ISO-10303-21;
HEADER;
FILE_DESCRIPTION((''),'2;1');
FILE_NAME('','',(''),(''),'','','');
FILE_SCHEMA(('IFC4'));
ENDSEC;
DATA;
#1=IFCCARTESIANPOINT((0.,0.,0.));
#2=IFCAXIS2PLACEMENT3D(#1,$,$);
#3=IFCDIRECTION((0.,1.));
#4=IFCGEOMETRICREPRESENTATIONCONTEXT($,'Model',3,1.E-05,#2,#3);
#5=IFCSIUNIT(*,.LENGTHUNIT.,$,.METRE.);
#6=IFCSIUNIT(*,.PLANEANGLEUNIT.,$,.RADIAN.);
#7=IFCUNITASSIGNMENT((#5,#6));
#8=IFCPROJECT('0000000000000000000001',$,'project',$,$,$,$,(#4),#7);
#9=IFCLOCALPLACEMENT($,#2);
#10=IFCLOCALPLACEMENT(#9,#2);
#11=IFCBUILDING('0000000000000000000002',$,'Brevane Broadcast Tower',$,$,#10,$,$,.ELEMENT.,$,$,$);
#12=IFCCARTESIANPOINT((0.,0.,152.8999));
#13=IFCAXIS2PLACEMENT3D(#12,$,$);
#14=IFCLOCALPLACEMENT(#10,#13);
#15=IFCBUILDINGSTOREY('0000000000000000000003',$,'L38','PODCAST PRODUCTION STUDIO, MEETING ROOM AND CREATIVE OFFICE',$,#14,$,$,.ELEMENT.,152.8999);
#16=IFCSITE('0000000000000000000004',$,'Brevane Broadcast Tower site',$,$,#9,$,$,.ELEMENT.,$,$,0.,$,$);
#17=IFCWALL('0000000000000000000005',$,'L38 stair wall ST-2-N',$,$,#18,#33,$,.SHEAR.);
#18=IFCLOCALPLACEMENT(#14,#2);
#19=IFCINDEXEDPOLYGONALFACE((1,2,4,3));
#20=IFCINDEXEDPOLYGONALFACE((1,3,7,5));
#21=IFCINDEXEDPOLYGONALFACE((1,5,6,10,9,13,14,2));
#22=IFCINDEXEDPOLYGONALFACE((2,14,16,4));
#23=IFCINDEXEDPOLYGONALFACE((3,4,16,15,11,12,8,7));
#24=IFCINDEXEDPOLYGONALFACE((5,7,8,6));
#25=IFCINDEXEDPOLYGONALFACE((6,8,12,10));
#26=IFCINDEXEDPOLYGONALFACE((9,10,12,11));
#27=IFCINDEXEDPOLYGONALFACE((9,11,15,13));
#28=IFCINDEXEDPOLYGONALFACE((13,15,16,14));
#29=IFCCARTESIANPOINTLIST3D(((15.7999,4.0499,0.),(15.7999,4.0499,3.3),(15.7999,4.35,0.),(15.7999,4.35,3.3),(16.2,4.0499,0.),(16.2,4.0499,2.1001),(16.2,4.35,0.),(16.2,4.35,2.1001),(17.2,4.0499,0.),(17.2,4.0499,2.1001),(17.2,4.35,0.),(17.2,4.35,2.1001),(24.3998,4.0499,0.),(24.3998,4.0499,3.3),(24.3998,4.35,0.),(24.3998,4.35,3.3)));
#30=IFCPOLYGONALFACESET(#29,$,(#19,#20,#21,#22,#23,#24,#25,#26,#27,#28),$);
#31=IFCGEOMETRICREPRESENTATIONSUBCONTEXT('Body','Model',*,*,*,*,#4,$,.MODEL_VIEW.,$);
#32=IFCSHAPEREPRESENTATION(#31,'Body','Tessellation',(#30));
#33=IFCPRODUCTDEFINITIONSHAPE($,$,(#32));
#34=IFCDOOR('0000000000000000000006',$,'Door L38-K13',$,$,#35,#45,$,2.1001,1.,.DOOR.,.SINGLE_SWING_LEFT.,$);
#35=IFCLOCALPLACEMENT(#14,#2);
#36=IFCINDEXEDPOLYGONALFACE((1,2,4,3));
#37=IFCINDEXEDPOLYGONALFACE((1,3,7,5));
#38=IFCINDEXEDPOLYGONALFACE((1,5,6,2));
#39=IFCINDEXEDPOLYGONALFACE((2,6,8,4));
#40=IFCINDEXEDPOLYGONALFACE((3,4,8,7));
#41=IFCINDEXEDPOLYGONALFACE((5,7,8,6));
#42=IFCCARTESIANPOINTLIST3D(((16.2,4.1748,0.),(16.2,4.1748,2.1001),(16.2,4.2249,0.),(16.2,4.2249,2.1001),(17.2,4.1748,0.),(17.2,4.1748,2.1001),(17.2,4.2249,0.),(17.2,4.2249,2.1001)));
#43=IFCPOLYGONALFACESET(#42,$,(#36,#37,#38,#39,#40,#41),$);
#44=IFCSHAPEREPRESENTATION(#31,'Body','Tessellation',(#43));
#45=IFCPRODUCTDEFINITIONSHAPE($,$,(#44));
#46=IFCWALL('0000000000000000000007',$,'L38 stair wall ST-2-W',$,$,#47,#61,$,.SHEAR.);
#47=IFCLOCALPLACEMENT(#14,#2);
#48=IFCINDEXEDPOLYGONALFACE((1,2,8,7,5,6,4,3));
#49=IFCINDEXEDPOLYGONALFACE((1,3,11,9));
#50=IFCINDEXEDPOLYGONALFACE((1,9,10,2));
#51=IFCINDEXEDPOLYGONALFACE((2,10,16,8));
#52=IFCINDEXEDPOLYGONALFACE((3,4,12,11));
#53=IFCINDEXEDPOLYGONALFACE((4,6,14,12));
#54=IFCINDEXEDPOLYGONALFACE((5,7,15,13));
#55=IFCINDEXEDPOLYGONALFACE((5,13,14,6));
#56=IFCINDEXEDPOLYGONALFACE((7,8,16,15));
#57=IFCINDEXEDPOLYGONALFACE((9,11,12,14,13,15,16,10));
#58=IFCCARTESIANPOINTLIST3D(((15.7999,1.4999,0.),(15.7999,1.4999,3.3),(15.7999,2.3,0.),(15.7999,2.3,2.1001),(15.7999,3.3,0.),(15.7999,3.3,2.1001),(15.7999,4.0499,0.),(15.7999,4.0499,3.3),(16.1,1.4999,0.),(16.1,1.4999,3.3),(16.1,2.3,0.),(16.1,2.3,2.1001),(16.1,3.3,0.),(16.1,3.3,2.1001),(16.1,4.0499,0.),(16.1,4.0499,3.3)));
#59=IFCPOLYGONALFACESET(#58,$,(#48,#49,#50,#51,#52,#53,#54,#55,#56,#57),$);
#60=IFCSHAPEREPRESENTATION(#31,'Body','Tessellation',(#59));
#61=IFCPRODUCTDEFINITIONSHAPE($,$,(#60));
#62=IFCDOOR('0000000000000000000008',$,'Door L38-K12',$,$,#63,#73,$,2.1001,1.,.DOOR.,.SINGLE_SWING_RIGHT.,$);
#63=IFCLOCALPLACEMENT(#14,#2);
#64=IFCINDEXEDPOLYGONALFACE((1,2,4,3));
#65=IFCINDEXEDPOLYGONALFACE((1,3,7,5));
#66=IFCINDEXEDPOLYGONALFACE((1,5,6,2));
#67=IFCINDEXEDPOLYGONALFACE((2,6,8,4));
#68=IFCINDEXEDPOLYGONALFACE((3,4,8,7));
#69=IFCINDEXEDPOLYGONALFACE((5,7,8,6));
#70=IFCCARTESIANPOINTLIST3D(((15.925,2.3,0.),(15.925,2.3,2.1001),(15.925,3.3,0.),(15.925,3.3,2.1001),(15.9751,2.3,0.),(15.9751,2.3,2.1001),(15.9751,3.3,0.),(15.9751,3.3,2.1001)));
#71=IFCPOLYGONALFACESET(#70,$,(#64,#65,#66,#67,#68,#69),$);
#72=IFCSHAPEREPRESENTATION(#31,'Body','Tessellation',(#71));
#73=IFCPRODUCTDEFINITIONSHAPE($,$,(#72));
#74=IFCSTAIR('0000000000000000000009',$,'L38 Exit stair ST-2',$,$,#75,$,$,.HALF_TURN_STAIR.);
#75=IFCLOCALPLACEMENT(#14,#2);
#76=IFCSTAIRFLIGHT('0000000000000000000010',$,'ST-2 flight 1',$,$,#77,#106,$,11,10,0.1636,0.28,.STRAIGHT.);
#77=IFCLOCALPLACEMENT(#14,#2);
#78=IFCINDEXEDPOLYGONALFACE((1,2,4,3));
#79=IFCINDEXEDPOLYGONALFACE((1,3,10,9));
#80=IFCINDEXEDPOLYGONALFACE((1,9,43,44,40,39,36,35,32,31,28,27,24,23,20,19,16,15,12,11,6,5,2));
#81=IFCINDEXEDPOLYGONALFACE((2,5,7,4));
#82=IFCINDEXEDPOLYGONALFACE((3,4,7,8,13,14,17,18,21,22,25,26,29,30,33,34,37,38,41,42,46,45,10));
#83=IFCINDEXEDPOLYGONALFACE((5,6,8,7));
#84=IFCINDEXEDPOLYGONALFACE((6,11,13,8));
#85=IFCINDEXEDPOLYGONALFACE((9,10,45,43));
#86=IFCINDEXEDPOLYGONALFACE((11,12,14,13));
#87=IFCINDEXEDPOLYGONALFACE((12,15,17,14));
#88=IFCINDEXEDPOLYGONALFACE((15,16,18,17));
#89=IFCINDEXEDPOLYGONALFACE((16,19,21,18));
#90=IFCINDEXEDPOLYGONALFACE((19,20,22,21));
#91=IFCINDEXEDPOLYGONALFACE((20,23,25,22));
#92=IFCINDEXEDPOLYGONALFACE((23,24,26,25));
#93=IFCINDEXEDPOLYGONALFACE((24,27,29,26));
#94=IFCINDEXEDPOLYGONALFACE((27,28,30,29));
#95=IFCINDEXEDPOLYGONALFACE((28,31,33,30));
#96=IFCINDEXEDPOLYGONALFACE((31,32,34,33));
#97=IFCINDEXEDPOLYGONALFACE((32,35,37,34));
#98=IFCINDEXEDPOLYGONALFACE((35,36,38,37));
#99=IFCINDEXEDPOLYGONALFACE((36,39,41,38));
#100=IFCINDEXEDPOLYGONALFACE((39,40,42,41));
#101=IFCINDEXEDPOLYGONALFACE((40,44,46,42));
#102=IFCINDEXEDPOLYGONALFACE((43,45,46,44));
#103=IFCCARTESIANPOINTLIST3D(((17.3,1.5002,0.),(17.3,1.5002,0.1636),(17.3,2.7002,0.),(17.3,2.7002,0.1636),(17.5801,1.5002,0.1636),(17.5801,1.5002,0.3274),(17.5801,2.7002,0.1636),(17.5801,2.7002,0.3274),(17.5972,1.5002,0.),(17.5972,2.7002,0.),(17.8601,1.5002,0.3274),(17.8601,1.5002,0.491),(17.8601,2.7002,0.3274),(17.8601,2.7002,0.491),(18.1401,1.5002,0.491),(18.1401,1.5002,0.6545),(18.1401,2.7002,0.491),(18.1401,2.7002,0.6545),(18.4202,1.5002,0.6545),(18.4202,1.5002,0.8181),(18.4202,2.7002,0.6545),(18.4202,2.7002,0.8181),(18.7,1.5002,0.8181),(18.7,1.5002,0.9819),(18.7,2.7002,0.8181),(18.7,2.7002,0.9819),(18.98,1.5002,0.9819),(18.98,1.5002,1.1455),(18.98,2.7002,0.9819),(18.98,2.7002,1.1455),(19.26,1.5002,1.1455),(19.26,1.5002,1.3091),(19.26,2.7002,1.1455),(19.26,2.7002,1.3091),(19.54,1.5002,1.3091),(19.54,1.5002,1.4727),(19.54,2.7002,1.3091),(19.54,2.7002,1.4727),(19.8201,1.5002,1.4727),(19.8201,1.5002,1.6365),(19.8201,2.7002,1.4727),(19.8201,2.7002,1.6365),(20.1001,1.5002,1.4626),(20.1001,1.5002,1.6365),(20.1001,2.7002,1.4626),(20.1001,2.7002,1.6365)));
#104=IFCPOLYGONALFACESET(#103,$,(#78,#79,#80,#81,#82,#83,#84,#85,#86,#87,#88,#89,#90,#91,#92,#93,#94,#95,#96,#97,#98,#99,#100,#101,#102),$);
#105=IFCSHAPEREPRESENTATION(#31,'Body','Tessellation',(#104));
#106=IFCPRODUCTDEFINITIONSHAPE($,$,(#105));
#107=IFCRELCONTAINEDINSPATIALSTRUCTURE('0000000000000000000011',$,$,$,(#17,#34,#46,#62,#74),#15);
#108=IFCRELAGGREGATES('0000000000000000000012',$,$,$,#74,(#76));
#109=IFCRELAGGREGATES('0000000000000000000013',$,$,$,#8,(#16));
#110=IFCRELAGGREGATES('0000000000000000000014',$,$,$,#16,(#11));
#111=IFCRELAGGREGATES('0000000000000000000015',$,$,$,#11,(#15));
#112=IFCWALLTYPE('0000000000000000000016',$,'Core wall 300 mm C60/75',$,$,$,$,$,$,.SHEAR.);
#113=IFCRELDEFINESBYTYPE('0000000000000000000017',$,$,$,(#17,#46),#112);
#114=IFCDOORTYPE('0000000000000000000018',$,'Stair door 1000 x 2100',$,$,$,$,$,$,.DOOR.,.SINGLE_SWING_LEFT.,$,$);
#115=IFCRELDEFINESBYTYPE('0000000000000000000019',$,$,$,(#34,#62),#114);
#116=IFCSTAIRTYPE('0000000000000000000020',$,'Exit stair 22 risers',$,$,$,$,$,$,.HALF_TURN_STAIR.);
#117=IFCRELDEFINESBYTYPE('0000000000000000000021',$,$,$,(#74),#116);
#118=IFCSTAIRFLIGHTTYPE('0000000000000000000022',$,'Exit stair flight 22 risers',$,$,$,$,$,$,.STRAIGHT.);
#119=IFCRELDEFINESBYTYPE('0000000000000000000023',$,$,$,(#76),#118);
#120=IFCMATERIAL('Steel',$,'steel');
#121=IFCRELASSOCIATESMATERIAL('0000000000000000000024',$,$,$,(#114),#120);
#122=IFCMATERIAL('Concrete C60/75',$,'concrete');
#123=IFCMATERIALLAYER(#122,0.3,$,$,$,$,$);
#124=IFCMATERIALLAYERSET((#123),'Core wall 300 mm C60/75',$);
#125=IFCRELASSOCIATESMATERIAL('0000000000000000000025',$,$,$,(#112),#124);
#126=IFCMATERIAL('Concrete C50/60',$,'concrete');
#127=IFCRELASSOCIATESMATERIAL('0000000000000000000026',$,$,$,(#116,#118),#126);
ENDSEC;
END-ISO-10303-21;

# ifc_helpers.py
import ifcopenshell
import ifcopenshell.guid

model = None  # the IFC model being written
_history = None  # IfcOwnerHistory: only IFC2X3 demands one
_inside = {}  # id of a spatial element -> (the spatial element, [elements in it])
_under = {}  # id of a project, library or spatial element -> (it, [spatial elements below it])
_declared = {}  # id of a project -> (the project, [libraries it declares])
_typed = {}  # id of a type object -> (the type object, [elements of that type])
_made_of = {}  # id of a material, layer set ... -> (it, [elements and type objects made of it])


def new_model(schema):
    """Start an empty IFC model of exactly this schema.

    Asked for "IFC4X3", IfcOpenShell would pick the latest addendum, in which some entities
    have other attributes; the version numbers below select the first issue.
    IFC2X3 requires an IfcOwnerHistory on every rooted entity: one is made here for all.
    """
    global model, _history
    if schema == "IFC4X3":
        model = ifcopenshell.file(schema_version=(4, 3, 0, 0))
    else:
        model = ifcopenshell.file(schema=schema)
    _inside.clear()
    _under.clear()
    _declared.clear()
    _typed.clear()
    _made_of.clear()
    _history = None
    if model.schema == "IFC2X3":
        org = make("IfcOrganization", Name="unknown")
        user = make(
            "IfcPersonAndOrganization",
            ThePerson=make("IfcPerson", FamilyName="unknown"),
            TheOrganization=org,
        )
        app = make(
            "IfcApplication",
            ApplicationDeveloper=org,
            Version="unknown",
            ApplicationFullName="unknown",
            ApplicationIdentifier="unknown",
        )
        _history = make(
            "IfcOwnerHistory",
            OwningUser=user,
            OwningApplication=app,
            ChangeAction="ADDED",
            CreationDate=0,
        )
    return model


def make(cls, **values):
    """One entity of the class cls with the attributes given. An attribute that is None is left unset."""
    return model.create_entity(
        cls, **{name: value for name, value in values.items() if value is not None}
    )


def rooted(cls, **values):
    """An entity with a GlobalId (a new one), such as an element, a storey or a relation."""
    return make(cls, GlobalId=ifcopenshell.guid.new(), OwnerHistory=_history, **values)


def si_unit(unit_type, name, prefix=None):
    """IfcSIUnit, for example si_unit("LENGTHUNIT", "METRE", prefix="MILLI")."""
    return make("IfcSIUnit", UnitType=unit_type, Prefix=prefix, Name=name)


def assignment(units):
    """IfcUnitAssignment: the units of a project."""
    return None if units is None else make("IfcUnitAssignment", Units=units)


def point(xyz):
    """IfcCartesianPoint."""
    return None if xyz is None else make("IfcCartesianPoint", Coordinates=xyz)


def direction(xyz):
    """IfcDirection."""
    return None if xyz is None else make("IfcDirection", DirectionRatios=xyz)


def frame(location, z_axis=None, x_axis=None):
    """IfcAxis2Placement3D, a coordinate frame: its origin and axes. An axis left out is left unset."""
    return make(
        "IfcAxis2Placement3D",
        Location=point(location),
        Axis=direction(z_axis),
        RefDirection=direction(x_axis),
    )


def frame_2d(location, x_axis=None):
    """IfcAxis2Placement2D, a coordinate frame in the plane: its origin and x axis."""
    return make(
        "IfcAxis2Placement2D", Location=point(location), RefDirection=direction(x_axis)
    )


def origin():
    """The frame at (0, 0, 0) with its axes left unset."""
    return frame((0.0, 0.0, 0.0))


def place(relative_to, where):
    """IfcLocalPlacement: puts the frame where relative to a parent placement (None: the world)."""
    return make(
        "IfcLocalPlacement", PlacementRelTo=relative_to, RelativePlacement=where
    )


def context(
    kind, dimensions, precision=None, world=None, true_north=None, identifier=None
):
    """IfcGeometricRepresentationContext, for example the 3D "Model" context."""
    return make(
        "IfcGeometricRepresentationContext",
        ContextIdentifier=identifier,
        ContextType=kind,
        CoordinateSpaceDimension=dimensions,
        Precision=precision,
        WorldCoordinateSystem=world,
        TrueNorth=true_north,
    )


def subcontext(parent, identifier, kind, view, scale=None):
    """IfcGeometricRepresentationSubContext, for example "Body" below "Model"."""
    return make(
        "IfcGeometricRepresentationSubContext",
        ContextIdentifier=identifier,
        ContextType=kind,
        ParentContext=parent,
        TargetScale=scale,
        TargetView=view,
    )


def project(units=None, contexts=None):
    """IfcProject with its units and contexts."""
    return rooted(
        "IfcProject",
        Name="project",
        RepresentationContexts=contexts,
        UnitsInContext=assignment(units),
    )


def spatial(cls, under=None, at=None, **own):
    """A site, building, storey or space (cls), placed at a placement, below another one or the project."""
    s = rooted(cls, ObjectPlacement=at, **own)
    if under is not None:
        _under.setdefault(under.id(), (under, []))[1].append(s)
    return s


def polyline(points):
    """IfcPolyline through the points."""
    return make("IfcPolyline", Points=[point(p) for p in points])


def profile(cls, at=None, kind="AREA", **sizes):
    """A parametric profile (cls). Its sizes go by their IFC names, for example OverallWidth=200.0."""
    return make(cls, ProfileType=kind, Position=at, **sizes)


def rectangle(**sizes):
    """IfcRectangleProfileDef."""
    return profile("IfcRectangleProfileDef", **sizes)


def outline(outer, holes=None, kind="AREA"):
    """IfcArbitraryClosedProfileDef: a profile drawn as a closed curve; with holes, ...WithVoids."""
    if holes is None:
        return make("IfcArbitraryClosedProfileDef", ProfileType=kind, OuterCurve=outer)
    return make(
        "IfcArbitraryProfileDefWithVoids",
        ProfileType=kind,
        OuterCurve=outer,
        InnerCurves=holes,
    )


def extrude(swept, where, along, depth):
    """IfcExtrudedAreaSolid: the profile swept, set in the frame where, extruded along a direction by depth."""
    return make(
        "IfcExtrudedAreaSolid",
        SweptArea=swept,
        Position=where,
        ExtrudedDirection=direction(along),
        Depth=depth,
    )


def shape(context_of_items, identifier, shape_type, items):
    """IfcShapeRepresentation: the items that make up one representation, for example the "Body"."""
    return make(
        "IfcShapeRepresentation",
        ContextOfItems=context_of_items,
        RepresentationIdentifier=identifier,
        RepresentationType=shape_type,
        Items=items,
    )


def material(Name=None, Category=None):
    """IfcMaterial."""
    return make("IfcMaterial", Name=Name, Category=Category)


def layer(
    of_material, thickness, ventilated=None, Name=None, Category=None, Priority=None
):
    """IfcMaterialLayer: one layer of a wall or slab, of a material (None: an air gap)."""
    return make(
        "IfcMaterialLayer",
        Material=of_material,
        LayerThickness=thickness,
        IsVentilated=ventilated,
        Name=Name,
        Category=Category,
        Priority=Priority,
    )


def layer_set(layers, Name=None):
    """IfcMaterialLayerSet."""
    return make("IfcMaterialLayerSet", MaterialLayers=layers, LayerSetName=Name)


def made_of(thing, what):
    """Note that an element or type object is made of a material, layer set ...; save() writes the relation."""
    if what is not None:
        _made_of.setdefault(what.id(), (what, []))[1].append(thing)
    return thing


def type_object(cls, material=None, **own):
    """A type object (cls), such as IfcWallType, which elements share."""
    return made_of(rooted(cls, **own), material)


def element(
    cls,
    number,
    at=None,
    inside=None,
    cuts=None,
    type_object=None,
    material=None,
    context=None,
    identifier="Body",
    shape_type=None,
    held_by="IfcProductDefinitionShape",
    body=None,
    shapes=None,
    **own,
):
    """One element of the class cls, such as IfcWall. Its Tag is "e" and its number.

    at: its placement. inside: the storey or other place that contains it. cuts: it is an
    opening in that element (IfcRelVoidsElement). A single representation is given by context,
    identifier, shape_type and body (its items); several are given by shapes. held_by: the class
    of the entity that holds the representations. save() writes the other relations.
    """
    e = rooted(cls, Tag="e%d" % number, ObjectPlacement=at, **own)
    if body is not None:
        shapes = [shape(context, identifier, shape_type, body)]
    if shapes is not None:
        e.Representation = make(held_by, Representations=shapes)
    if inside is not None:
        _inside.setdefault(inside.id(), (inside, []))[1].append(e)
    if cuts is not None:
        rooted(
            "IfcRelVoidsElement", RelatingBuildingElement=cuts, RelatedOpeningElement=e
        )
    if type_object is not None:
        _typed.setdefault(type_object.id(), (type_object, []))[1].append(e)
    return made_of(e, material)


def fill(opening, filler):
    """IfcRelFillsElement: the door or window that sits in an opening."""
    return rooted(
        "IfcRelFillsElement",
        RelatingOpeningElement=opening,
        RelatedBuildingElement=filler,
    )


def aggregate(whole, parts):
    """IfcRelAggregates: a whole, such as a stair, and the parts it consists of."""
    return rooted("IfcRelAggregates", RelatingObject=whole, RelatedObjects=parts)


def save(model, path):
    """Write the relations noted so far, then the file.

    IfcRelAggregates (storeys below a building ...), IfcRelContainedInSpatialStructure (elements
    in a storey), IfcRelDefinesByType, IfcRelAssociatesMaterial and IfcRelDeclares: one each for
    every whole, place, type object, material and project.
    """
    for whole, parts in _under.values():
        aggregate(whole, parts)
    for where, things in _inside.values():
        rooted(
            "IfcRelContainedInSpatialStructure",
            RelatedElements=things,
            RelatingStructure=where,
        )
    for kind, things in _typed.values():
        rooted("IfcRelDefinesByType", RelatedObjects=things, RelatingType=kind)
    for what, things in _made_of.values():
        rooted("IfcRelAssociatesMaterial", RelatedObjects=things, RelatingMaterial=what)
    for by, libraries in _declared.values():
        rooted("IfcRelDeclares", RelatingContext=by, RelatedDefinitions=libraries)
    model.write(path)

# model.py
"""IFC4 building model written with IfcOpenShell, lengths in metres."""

from ifc_helpers import new_model, si_unit, direction, frame, frame_2d, origin, place, context, subcontext, project, spatial, polyline, rectangle, outline, extrude, material, layer, layer_set, type_object, element, fill, aggregate, save


model = new_model("IFC4")

# Units and contexts
model_context = context("Model", 3, precision=1e-05, world=origin(), true_north=direction((0.0, 1.0)))
body_context = subcontext(model_context, "Body", "Model", "MODEL_VIEW")
ifc_project = project(units=[si_unit("LENGTHUNIT", "METRE"), si_unit("PLANEANGLEUNIT", "RADIAN")], contexts=[model_context])

# Site, building, storey
site_placement = place(None, origin())
site = spatial("IfcSite", under=ifc_project, at=site_placement, Name="Brevane Broadcast Tower site", CompositionType="ELEMENT", RefElevation=0.0)
building_placement = place(site_placement, origin())
building = spatial("IfcBuilding", under=site, at=building_placement, Name="Brevane Broadcast Tower", CompositionType="ELEMENT")
storey_placement = place(building_placement, frame((0.0, 0.0, 152.8999)))
storey = spatial("IfcBuildingStorey", under=building, at=storey_placement, Name="L38", Description="PODCAST PRODUCTION STUDIO, MEETING ROOM AND CREATIVE OFFICE", CompositionType="ELEMENT", Elevation=152.8999)

# Shared definitions
ifc_material_1 = material(Name="Steel", Category="steel")
door_type_1 = type_object("IfcDoorType", Name="Stair door 1000 x 2100", OperationType="SINGLE_SWING_LEFT", PredefinedType="DOOR", material=ifc_material_1)

# Shared definitions
ifc_material_2 = material(Name="Concrete C60/75", Category="concrete")
ifc_layer_1 = layer(ifc_material_2, 0.3)
ifc_layer_set_1 = layer_set([ifc_layer_1], Name="Core wall 300 mm C60/75")
wall_type_1 = type_object("IfcWallType", Name="Core wall 300 mm C60/75", PredefinedType="SHEAR", material=ifc_layer_set_1)

# Walls, openings, doors
wall_1_placement = place(storey_placement, frame((15.8, 4.2, 0.0), z_axis=(0.0, 0.0, 1.0), x_axis=(1.0, 0.0, 0.0)))
wall_1 = element("IfcWall", 1, at=wall_1_placement, inside=storey, type_object=wall_type_1, Name="L38 stair wall ST-2-N", PredefinedType="SHEAR", context=body_context, shape_type="SweptSolid", body=[
    extrude(rectangle(XDim=8.5999, YDim=0.3, at=frame_2d((4.2998, 0.0))), origin(), (0.0, 0.0, 1.0), 3.3),
])
opening_1_placement = place(wall_1_placement, frame((0.3999, 0.0, 0.0)))
opening_1 = element("IfcOpeningElement", 2, at=opening_1_placement, cuts=wall_1, PredefinedType="OPENING", context=body_context, shape_type="SweptSolid", body=[
    extrude(rectangle(XDim=1.0, YDim=2.1001, at=frame_2d((0.5, 1.05))), frame((0.0, 0.1599, 0.0), z_axis=(0.0, -1.0, 0.0), x_axis=(1.0, 0.0, 0.0)), (0.0, 0.0, 1.0), 0.3201),
])
door_1_placement = place(opening_1_placement, origin())
door_1 = element("IfcDoor", 3, at=door_1_placement, inside=storey, type_object=door_type_1, Name="Door L38-K13", OperationType="SINGLE_SWING_LEFT", OverallHeight=2.1001, OverallWidth=1.0, PredefinedType="DOOR", context=body_context, shape_type="SweptSolid", body=[
    extrude(rectangle(XDim=1.0, YDim=2.1001, at=frame_2d((0.5, 1.05))), frame((0.0, 0.0249, 0.0), z_axis=(0.0, -1.0, 0.0), x_axis=(1.0, 0.0, 0.0)), (0.0, 0.0, 1.0), 0.05),
])
fill(opening_1, door_1)
wall_2_placement = place(storey_placement, frame((15.95, 1.5, 0.0), z_axis=(0.0, 0.0, 1.0), x_axis=(0.0, 1.0, 0.0)))
wall_2 = element("IfcWall", 4, at=wall_2_placement, inside=storey, type_object=wall_type_1, Name="L38 stair wall ST-2-W", PredefinedType="SHEAR", context=body_context, shape_type="SweptSolid", body=[
    extrude(rectangle(XDim=2.55, YDim=0.3, at=frame_2d((1.2749, 0.0))), origin(), (0.0, 0.0, 1.0), 3.3),
])
opening_2_placement = place(wall_2_placement, frame((0.8, 0.0, 0.0)))
opening_2 = element("IfcOpeningElement", 5, at=opening_2_placement, cuts=wall_2, PredefinedType="OPENING", context=body_context, shape_type="SweptSolid", body=[
    extrude(rectangle(XDim=1.0, YDim=2.1001, at=frame_2d((0.5, 1.05))), frame((0.0, 0.1599, 0.0), z_axis=(0.0, -1.0, 0.0), x_axis=(1.0, 0.0, 0.0)), (0.0, 0.0, 1.0), 0.3201),
])
door_2_placement = place(opening_2_placement, origin())
door_2 = element("IfcDoor", 6, at=door_2_placement, inside=storey, type_object=door_type_1, Name="Door L38-K12", OperationType="SINGLE_SWING_RIGHT", OverallHeight=2.1001, OverallWidth=1.0, PredefinedType="DOOR", context=body_context, shape_type="SweptSolid", body=[
    extrude(rectangle(XDim=1.0, YDim=2.1001, at=frame_2d((0.5, 1.05))), frame((0.0, 0.0249, 0.0), z_axis=(0.0, -1.0, 0.0), x_axis=(1.0, 0.0, 0.0)), (0.0, 0.0, 1.0), 0.05),
])
fill(opening_2, door_2)

# Stair, stair flight
ifc_material_3 = material(Name="Concrete C50/60", Category="concrete")
stair_type = type_object("IfcStairType", Name="Exit stair 22 risers", PredefinedType="HALF_TURN_STAIR", material=ifc_material_3)
stair_placement = place(storey_placement, origin())
stair = element("IfcStair", 7, at=stair_placement, inside=storey, type_object=stair_type, Name="L38 Exit stair ST-2", PredefinedType="HALF_TURN_STAIR")
stair_flight_type = type_object("IfcStairFlightType", Name="Exit stair flight 22 risers", PredefinedType="STRAIGHT", material=ifc_material_3)
stair_flight_placement = place(storey_placement, frame((17.3, 2.1001, 0.0), z_axis=(0.0, 0.0, 1.0), x_axis=(1.0, 0.0, 0.0)))
stair_flight = element("IfcStairFlight", 8, at=stair_flight_placement, type_object=stair_flight_type, Name="ST-2 flight 1", NumberOfRisers=11, NumberOfTreads=10, PredefinedType="STRAIGHT", RiserHeight=0.1636, TreadLength=0.28, context=body_context, shape_type="SweptSolid", body=[
    extrude(outline(polyline([(0.0, 0.0), (0.0, 0.1636), (0.28, 0.1636), (0.28, 0.3274), (0.5601, 0.3274), (0.5601, 0.491), (0.8401, 0.491), (0.8401, 0.6545), (1.1201, 0.6545), (1.1201, 0.8181), (1.3999, 0.8181), (1.3999, 0.9819), (1.6799, 0.9819), (1.6799, 1.1455), (1.96, 1.1455), (1.96, 1.3091), (2.24, 1.3091), (2.24, 1.4727), (2.52, 1.4727), (2.52, 1.6365), (2.8, 1.6365), (2.8, 1.8), (2.8, 1.4626), (0.2971, 0.0), (0.0, 0.0)])), frame((0.0, 0.6001, 0.0), z_axis=(0.0, -1.0, 0.0), x_axis=(1.0, 0.0, 0.0)), (0.0, 0.0, 1.0), 1.2),
])
aggregate(stair, [stair_flight])

save(model, "model.ifc")
